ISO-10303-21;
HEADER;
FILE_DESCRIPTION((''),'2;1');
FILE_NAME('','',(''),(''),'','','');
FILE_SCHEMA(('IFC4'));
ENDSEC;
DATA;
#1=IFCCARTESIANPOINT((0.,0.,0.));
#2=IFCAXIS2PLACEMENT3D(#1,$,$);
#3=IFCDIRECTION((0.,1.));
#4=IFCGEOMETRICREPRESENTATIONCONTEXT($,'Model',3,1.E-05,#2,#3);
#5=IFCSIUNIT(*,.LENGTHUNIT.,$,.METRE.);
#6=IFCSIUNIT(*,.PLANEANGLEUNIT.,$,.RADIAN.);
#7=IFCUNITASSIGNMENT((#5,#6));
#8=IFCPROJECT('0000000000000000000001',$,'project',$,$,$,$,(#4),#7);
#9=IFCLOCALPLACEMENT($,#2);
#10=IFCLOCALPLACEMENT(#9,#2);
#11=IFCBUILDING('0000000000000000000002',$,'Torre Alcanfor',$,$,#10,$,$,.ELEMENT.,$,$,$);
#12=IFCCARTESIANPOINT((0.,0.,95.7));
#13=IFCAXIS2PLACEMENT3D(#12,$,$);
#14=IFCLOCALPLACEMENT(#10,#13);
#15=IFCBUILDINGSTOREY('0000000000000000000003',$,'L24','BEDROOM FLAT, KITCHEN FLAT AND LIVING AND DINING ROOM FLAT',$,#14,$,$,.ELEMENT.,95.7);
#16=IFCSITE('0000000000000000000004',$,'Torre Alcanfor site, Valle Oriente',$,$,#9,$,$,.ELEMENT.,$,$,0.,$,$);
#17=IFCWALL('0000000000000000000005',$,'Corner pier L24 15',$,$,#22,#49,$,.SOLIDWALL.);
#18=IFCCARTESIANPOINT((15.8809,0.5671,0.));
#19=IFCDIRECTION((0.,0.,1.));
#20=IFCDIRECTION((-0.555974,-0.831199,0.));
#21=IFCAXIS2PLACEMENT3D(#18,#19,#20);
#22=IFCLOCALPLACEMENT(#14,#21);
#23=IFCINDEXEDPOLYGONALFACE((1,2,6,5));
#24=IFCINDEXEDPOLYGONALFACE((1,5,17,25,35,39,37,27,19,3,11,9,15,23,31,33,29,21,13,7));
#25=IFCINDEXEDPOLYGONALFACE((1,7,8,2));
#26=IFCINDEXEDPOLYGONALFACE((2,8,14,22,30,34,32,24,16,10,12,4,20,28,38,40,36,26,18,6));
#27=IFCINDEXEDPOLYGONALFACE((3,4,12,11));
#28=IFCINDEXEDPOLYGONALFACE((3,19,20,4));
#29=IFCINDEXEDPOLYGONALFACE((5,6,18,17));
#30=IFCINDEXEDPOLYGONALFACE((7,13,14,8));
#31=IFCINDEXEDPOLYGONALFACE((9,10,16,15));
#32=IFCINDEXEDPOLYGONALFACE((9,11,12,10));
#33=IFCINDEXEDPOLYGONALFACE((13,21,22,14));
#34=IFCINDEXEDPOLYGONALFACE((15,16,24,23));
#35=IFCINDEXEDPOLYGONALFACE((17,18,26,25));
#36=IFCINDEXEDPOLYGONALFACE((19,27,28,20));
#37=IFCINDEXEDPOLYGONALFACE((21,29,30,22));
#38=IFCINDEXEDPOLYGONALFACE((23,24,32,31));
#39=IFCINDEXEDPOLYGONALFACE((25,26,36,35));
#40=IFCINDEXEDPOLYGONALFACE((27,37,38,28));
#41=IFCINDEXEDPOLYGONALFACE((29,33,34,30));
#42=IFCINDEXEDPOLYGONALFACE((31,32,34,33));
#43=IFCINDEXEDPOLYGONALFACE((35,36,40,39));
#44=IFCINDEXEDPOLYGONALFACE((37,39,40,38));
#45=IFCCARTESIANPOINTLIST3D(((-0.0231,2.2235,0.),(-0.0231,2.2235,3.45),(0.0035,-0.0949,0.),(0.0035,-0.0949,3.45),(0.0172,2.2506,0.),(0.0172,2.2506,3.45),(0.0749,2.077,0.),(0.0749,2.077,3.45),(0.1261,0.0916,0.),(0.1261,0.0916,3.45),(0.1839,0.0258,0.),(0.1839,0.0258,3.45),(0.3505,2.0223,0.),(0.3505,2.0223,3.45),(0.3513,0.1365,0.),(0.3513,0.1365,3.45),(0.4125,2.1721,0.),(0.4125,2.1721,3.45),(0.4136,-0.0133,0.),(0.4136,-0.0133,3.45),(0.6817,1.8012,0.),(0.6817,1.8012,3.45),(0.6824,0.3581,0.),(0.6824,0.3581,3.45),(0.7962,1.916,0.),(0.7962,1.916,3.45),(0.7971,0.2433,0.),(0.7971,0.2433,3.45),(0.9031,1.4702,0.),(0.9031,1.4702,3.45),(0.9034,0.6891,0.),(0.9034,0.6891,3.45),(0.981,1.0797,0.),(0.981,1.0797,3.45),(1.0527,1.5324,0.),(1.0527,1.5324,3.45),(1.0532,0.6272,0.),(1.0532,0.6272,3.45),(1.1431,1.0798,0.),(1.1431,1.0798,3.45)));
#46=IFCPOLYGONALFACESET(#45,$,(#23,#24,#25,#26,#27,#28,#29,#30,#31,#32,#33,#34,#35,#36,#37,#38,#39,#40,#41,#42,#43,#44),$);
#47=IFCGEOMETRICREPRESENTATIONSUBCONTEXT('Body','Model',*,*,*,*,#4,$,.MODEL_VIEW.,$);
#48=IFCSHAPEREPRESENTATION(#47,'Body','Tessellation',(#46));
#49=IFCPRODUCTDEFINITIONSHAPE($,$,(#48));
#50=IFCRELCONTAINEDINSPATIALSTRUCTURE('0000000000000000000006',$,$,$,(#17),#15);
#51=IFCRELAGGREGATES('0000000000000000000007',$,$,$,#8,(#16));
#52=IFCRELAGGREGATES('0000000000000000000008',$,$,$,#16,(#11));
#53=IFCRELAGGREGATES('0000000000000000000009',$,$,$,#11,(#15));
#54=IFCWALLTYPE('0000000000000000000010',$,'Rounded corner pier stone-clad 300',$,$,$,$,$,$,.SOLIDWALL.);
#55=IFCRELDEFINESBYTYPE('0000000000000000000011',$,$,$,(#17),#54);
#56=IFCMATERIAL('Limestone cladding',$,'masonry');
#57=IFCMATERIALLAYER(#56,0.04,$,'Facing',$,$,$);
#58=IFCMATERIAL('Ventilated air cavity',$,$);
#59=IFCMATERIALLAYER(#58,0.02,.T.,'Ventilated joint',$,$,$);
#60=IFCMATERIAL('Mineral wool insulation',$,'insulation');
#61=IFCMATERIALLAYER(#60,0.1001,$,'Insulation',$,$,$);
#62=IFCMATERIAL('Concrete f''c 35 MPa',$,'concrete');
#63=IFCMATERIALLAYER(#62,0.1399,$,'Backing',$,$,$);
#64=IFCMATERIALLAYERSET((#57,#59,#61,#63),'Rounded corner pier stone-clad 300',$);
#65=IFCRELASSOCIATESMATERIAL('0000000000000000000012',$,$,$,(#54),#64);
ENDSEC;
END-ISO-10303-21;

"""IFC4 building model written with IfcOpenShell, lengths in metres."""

from ifc_helpers import new_model, si_unit, direction, frame, origin, place, context, subcontext, project, spatial, polyline, outline, extrude, material, layer, layer_set, type_object, element, save


model = new_model("IFC4")

# Units and contexts
model_context = context("Model", 3, precision=1e-05, world=origin(), true_north=direction((0.0, 1.0)))
body_context = subcontext(model_context, "Body", "Model", "MODEL_VIEW")
ifc_project = project(units=[si_unit("LENGTHUNIT", "METRE"), si_unit("PLANEANGLEUNIT", "RADIAN")], contexts=[model_context])

# Site, building, storey
site_placement = place(None, origin())
site = spatial("IfcSite", under=ifc_project, at=site_placement, Name="Torre Alcanfor site, Valle Oriente", CompositionType="ELEMENT", RefElevation=0.0)
building_placement = place(site_placement, origin())
building = spatial("IfcBuilding", under=site, at=building_placement, Name="Torre Alcanfor", CompositionType="ELEMENT")
storey_placement = place(building_placement, frame((0.0, 0.0, 95.7)))
storey = spatial("IfcBuildingStorey", under=building, at=storey_placement, Name="L24", Description="BEDROOM FLAT, KITCHEN FLAT AND LIVING AND DINING ROOM FLAT", CompositionType="ELEMENT", Elevation=95.7)

# Wall
ifc_material_1 = material(Name="Limestone cladding", Category="masonry")
ifc_layer_1 = layer(ifc_material_1, 0.04, Name="Facing")
ifc_material_2 = material(Name="Ventilated air cavity")
ifc_layer_2 = layer(ifc_material_2, 0.02, ventilated=True, Name="Ventilated joint")
ifc_material_3 = material(Name="Mineral wool insulation", Category="insulation")
ifc_layer_3 = layer(ifc_material_3, 0.1001, Name="Insulation")
ifc_material_4 = material(Name="Concrete f'c 35 MPa", Category="concrete")
ifc_layer_4 = layer(ifc_material_4, 0.1399, Name="Backing")
ifc_layer_set_1 = layer_set([ifc_layer_1, ifc_layer_2, ifc_layer_3, ifc_layer_4], Name="Rounded corner pier stone-clad 300")
wall_type = type_object("IfcWallType", Name="Rounded corner pier stone-clad 300", PredefinedType="SOLIDWALL", material=ifc_layer_set_1)
wall_placement = place(storey_placement, frame((15.8809, 0.5671, 0.0), z_axis=(0.0, 0.0, 1.0), x_axis=(-0.555974, -0.831199, 0.0)))
element("IfcWall", 1, at=wall_placement, inside=storey, type_object=wall_type, Name="Corner pier L24 15", PredefinedType="SOLIDWALL", context=body_context, shape_type="SweptSolid", body=[
    extrude(outline(polyline([(0.0749, 2.077), (0.3505, 2.0223), (0.6817, 1.8012), (0.9031, 1.4702), (0.981, 1.0797), (0.9034, 0.6891), (0.6824, 0.3581), (0.3513, 0.1365), (0.1261, 0.0916), (0.1839, 0.0258), (0.0035, -0.0949), (0.4136, -0.0133), (0.7971, 0.2433), (1.0532, 0.6272), (1.1431, 1.0798), (1.0527, 1.5324), (0.7962, 1.916), (0.4125, 2.1721), (0.0172, 2.2506), (-0.0231, 2.2235), (0.0749, 2.077)])), origin(), (0.0, 0.0, 1.0), 3.45),
])

save(model, "model.ifc")
